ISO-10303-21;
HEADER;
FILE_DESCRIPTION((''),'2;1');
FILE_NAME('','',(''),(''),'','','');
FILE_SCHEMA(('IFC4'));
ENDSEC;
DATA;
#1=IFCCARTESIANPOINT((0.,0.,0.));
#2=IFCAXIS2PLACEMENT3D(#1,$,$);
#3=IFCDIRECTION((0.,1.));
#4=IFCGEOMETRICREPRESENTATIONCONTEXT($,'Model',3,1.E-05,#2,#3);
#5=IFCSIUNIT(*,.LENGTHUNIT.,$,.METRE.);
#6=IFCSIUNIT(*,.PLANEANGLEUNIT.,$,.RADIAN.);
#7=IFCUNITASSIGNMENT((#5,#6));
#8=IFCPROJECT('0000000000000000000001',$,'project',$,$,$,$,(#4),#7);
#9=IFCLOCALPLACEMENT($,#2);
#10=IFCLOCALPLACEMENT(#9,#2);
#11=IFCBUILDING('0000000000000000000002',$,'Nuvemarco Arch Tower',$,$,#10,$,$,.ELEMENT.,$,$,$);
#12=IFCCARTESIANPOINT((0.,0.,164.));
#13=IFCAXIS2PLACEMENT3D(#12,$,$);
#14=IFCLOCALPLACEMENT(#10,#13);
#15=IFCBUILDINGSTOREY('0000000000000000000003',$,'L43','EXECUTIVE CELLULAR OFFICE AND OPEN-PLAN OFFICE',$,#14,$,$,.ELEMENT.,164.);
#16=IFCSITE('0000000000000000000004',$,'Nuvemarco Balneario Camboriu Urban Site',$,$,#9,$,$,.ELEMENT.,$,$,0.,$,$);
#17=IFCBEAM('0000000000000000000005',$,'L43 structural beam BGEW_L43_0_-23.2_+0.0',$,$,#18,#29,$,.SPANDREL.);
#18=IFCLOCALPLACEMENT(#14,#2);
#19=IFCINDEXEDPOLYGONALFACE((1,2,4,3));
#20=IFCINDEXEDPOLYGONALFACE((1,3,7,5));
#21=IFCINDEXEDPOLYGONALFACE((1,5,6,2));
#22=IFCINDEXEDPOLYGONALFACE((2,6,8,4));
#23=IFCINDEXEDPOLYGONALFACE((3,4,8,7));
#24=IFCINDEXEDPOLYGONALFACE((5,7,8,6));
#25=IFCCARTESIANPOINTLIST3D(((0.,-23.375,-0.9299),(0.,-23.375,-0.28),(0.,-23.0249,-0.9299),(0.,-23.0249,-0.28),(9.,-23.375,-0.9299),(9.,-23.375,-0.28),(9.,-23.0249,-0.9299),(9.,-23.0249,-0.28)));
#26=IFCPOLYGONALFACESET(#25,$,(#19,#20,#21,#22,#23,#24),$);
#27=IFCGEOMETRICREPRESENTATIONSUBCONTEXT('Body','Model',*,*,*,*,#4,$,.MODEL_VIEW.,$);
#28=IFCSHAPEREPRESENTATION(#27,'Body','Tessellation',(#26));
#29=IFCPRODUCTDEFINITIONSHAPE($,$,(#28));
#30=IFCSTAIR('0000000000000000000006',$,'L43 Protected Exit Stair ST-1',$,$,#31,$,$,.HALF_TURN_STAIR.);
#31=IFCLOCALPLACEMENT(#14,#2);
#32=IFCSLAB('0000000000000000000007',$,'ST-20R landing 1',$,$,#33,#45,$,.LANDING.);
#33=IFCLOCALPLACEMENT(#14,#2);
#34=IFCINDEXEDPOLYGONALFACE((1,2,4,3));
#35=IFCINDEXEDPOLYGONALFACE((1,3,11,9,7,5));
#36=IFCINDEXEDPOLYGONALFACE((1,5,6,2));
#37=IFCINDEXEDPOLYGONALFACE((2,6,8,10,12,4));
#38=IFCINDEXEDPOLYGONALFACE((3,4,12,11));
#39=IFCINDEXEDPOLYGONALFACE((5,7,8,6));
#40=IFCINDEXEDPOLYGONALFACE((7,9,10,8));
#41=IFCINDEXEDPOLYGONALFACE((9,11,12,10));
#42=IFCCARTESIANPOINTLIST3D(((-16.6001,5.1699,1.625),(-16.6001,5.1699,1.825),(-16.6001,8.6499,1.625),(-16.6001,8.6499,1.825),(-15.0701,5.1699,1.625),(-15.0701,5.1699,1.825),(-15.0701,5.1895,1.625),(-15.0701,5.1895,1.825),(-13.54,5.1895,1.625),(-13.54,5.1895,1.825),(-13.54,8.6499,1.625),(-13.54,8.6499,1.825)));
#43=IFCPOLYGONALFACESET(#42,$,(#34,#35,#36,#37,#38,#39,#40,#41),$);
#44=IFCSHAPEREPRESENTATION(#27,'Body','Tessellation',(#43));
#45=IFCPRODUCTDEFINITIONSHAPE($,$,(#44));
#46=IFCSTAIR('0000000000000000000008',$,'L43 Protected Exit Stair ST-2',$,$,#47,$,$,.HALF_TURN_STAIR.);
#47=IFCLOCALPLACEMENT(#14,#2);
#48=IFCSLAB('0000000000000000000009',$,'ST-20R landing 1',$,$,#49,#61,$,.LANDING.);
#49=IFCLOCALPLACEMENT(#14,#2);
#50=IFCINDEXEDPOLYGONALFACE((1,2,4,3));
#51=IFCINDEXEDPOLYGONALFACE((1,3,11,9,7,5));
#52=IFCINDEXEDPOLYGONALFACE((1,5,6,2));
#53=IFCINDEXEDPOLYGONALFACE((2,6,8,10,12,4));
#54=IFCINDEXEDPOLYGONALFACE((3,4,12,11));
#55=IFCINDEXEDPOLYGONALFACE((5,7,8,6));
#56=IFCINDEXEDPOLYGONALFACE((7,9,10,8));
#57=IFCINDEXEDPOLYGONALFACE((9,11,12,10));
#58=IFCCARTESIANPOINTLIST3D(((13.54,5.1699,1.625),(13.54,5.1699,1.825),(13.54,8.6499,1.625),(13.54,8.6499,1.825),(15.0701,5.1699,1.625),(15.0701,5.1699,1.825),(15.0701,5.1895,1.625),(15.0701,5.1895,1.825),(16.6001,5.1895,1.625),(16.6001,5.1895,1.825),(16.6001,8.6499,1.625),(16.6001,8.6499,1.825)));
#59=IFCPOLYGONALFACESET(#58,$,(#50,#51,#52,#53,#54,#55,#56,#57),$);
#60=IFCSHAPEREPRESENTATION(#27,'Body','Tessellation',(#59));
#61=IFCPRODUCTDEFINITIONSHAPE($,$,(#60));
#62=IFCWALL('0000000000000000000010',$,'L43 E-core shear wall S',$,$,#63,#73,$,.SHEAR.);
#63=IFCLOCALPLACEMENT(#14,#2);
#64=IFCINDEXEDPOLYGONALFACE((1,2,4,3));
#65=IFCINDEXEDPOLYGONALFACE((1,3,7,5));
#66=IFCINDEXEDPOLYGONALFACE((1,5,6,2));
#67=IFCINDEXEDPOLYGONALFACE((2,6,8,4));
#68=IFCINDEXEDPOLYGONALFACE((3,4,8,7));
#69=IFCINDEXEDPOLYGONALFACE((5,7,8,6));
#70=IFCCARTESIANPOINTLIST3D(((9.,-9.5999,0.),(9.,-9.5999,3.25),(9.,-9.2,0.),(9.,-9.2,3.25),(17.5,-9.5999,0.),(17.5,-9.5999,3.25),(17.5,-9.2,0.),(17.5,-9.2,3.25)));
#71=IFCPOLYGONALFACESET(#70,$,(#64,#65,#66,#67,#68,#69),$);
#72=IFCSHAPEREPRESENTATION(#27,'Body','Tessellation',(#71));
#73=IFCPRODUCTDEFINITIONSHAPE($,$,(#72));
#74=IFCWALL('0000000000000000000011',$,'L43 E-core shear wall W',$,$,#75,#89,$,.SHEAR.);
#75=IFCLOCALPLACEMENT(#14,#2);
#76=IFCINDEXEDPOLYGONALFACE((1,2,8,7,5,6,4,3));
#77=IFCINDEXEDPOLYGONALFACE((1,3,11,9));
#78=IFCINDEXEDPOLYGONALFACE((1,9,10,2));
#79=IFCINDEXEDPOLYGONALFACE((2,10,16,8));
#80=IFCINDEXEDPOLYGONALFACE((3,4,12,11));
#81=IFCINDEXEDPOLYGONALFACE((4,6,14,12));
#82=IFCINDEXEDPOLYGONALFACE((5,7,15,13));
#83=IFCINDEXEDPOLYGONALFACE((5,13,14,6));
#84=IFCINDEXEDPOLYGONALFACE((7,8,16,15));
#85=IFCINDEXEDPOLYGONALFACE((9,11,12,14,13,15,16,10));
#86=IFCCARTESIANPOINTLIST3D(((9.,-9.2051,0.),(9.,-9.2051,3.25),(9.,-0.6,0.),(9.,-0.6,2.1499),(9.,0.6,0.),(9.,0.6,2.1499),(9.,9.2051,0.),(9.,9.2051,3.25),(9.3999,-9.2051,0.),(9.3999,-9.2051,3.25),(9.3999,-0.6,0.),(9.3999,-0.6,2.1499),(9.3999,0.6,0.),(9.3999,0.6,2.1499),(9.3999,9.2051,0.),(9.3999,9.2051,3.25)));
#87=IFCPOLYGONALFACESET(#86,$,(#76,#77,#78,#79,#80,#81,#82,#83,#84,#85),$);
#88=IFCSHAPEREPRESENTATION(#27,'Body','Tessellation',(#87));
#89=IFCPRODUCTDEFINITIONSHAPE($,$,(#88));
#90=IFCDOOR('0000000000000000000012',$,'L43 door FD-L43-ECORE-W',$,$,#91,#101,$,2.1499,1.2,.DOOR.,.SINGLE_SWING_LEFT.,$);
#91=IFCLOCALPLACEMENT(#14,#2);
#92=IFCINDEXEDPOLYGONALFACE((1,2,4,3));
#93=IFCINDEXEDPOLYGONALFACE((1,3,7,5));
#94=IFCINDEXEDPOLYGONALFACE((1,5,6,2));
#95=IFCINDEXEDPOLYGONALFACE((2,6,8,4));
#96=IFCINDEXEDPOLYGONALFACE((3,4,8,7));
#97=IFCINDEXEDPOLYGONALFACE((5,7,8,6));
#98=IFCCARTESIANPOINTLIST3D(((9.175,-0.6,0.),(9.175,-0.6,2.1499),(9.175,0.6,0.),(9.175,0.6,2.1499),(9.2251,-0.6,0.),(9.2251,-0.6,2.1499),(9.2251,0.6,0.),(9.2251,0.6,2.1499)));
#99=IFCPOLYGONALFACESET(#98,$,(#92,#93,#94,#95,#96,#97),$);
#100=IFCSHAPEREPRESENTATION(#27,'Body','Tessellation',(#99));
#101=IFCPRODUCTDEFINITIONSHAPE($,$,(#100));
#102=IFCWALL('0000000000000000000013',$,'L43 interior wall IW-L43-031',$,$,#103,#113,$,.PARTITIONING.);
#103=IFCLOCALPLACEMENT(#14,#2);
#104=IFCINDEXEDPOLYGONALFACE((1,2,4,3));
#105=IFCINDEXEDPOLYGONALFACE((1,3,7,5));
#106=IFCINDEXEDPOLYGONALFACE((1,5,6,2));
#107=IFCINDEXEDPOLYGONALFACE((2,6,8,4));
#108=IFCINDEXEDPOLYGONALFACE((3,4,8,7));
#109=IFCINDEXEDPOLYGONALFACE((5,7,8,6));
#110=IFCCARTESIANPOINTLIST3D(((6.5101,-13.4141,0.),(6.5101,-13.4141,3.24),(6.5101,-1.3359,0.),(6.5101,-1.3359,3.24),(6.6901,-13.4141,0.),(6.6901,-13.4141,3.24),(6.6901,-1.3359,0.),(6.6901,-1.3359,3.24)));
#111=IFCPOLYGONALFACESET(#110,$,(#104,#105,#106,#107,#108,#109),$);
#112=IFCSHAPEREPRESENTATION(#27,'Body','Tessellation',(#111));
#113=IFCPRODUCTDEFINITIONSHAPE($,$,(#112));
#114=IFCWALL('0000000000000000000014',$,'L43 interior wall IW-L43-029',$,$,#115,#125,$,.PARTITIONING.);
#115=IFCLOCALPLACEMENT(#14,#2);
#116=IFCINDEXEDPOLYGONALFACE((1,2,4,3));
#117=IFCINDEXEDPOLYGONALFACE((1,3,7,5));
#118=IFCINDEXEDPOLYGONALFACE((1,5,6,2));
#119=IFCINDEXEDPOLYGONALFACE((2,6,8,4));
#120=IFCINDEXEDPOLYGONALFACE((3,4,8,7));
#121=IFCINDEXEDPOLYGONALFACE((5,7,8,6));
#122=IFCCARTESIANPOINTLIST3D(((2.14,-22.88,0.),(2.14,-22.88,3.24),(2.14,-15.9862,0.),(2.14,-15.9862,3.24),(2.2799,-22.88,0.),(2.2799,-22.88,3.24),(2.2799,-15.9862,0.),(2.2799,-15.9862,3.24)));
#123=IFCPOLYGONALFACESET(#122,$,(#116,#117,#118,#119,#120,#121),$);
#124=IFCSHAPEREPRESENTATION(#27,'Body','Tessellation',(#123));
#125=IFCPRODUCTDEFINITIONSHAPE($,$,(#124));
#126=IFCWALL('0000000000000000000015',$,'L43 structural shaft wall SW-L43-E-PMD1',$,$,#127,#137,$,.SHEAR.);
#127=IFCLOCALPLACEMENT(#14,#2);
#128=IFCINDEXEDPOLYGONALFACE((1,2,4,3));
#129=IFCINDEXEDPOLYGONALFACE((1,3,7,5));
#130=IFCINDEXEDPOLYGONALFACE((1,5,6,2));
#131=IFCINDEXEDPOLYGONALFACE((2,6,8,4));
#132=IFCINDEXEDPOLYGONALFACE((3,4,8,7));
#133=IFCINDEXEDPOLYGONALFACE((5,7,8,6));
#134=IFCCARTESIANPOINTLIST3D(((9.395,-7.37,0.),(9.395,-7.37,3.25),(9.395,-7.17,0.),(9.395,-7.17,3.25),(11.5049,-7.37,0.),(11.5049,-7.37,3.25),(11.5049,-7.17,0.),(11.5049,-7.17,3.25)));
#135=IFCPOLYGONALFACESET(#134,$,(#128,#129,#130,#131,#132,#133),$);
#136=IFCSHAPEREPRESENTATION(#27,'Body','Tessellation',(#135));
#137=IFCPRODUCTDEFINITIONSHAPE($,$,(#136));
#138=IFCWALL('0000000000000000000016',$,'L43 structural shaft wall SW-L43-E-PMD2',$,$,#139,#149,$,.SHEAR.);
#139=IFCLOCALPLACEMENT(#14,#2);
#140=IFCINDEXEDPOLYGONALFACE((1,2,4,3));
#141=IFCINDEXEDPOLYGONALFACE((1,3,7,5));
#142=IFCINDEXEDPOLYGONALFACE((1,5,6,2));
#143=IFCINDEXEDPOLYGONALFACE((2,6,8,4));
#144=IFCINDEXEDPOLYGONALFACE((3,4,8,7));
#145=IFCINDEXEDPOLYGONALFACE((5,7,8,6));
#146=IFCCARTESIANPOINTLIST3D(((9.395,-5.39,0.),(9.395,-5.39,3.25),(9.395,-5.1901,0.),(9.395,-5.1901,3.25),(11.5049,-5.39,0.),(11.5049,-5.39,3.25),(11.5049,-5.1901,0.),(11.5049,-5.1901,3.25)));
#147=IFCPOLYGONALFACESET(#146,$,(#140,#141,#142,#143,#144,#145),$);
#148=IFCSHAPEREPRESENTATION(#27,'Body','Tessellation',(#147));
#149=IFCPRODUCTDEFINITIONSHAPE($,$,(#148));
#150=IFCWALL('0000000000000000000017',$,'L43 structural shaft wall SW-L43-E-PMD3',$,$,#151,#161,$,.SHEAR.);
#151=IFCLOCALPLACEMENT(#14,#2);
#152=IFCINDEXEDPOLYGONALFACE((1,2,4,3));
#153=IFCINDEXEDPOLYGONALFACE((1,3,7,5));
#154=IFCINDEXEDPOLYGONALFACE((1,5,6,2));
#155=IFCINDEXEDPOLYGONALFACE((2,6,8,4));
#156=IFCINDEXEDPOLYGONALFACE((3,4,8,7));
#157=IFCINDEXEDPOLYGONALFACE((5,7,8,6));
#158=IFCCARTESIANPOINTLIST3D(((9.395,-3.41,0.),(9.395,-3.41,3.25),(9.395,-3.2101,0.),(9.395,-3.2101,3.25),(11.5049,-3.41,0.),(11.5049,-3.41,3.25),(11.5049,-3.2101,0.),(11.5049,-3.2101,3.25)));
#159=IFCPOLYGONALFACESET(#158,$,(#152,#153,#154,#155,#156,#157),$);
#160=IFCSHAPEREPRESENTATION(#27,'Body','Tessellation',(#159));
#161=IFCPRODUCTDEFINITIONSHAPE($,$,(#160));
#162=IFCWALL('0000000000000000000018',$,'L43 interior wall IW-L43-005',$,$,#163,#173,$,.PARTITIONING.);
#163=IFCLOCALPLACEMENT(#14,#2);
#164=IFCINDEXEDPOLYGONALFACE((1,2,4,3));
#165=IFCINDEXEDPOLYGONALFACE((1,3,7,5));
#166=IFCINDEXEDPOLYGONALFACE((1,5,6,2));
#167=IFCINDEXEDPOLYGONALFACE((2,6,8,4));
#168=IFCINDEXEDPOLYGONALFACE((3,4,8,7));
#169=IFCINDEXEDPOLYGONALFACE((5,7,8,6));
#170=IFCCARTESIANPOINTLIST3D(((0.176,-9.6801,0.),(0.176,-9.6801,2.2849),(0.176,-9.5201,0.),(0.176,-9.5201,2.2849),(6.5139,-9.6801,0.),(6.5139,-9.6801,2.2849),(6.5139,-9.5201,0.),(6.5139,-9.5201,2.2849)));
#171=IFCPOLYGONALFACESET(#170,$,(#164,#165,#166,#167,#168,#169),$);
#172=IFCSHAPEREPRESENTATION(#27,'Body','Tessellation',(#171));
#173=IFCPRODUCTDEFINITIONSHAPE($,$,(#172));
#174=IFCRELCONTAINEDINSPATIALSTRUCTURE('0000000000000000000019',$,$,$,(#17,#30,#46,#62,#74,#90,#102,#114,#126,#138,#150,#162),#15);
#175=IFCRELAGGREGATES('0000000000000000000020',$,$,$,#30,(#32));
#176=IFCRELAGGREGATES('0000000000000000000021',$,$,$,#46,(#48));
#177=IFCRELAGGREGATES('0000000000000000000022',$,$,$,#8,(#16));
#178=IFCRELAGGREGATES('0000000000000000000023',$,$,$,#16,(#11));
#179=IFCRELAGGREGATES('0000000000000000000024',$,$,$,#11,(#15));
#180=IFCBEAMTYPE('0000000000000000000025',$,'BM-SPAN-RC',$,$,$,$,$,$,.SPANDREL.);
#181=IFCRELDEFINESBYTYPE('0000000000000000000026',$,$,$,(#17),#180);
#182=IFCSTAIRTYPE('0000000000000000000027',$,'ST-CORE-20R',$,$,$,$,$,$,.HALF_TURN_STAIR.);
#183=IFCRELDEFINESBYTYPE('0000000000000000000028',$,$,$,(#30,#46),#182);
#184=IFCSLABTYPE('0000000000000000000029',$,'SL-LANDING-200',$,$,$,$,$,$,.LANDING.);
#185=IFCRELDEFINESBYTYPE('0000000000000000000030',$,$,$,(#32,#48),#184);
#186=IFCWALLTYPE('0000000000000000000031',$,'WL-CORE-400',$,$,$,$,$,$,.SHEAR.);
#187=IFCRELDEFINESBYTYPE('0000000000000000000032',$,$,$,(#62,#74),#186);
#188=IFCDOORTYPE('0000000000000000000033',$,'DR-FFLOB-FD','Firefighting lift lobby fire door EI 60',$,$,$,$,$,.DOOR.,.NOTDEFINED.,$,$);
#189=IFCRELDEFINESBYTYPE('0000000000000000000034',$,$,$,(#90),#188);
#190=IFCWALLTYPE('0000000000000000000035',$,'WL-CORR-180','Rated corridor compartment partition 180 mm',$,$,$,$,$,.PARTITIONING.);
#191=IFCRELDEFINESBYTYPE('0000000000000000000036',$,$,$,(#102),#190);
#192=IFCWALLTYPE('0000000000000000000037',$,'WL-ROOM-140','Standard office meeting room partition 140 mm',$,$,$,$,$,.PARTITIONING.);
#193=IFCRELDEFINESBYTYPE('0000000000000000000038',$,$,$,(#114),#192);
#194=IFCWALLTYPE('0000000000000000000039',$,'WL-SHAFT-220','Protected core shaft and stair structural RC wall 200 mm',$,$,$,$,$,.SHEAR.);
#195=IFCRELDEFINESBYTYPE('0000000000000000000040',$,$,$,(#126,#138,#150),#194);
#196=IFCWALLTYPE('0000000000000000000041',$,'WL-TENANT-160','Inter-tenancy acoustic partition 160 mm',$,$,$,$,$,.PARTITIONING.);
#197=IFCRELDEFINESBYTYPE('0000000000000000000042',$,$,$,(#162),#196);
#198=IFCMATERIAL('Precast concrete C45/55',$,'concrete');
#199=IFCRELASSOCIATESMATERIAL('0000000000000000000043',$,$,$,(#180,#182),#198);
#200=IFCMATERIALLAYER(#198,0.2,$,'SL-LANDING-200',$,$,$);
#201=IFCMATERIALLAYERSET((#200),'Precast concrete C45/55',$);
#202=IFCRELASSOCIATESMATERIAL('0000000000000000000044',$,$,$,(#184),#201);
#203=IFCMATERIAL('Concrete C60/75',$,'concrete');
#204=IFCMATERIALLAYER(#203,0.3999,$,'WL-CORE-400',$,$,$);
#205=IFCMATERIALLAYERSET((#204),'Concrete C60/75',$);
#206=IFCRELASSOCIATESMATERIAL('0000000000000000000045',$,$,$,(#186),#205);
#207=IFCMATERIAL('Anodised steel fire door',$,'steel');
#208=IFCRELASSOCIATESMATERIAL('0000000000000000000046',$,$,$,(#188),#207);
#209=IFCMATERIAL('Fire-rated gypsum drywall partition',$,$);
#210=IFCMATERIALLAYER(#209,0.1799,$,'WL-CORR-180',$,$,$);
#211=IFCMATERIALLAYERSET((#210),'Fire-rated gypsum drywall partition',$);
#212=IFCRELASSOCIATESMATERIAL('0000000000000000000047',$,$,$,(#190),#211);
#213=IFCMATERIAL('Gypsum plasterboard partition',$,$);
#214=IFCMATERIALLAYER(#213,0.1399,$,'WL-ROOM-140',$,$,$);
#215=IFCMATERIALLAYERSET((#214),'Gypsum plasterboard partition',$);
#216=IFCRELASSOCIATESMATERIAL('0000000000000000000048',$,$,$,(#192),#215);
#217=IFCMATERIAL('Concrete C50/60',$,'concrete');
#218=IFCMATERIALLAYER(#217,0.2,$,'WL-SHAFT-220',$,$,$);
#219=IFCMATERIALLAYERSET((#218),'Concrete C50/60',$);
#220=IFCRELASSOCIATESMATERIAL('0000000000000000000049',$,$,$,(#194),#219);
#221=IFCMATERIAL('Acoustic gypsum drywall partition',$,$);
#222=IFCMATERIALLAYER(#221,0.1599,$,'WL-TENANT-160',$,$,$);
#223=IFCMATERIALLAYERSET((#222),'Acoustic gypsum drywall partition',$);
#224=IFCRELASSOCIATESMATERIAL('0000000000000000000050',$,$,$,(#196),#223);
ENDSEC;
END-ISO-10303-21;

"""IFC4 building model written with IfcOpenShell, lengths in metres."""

from ifc_helpers import new_model, si_unit, direction, frame, frame_2d, origin, origin_2d, place, context, subcontext, project, spatial, polyline, rectangle, outline, extrude, source, transform, mapped, material, layer, layer_set, material_profile, profile_set, type_object, type_shapes, element, fill, aggregate, save


model = new_model("IFC4")

# Units and contexts
model_context = context("Model", 3, precision=1e-05, world=origin(), true_north=direction((0.0, 1.0)))
body_context = subcontext(model_context, "Body", "Model", "MODEL_VIEW")
ifc_project = project(units=[si_unit("LENGTHUNIT", "METRE"), si_unit("PLANEANGLEUNIT", "RADIAN")], contexts=[model_context])

# Site, building, storey
site_placement = place(None, origin())
site = spatial("IfcSite", under=ifc_project, at=site_placement, Name="Nuvemarco Balneario Camboriu Urban Site", CompositionType="ELEMENT", RefElevation=0.0)
building_placement = place(site_placement, origin())
building = spatial("IfcBuilding", under=site, at=building_placement, Name="Nuvemarco Arch Tower", CompositionType="ELEMENT")
storey_placement = place(building_placement, frame((0.0, 0.0, 164.0)))
storey = spatial("IfcBuildingStorey", under=building, at=storey_placement, Name="L43", Description="EXECUTIVE CELLULAR OFFICE AND OPEN-PLAN OFFICE", CompositionType="ELEMENT", Elevation=164.0)

# Shared definitions
ifc_material_1 = material(Name="Concrete C50/60", Category="concrete")

# Beam
ifc_material_2 = material(Name="Concrete C60/75", Category="concrete")
ifc_material_3 = material(Name="Precast concrete C45/55", Category="concrete")
ifc_material_profile_1 = material_profile(ifc_material_3, rectangle(XDim=0.3501, YDim=0.6499, at=origin_2d()), Name="PC-SP-350x650")
ifc_profile_set_1 = profile_set([ifc_material_profile_1], Name="Precast concrete C45/55")
beam_type_1 = type_object("IfcBeamType", Name="BM-SPAN-RC", PredefinedType="SPANDREL", material=ifc_profile_set_1)
beam_1_placement = place(storey_placement, frame((0.0, -23.2, -0.605), z_axis=(1.0, 0.0, 0.0), x_axis=(0.0, 1.0, 0.0)))
element("IfcBeam", 1, at=beam_1_placement, inside=storey, type_object=beam_type_1, Name="L43 structural beam BGEW_L43_0_-23.2_+0.0", PredefinedType="SPANDREL", context=body_context, shape_type="SweptSolid", body=[
    extrude(rectangle(XDim=0.3501, YDim=0.6499, at=origin_2d()), origin(), (0.0, 0.0, 1.0), 9.0),
])

# Stairs, slabs
stair_type = type_object("IfcStairType", Name="ST-CORE-20R", PredefinedType="HALF_TURN_STAIR", material=ifc_material_3)
stair_1_placement = place(storey_placement, origin())
stair_1 = element("IfcStair", 2, at=stair_1_placement, inside=storey, type_object=stair_type, Name="L43 Protected Exit Stair ST-1", PredefinedType="HALF_TURN_STAIR")
ifc_layer_1 = layer(ifc_material_3, 0.2, Name="SL-LANDING-200")
ifc_layer_set_1 = layer_set([ifc_layer_1], Name="Precast concrete C45/55")
slab_type = type_object("IfcSlabType", Name="SL-LANDING-200", PredefinedType="LANDING", material=ifc_layer_set_1)
slab_1_placement = place(storey_placement, frame((0.0, 0.0, 1.625)))
slab_1 = element("IfcSlab", 3, at=slab_1_placement, type_object=slab_type, Name="ST-20R landing 1", PredefinedType="LANDING", context=body_context, shape_type="SweptSolid", body=[
    extrude(outline(polyline([(-13.54, 5.1895), (-13.54, 8.6499), (-16.6001, 8.6499), (-16.6001, 5.1699), (-15.0701, 5.1699), (-15.0701, 5.1895), (-13.54, 5.1895)])), origin(), (0.0, 0.0, 1.0), 0.2),
])
aggregate(stair_1, [slab_1])
stair_2_placement = place(storey_placement, origin())
stair_2 = element("IfcStair", 4, at=stair_2_placement, inside=storey, type_object=stair_type, Name="L43 Protected Exit Stair ST-2", PredefinedType="HALF_TURN_STAIR")
slab_2_placement = place(storey_placement, frame((0.0, 0.0, 1.625)))
slab_2 = element("IfcSlab", 5, at=slab_2_placement, type_object=slab_type, Name="ST-20R landing 1", PredefinedType="LANDING", context=body_context, shape_type="SweptSolid", body=[
    extrude(outline(polyline([(16.6001, 5.1895), (16.6001, 8.6499), (13.54, 8.6499), (13.54, 5.1699), (15.0701, 5.1699), (15.0701, 5.1895), (16.6001, 5.1895)])), origin(), (0.0, 0.0, 1.0), 0.2),
])
aggregate(stair_2, [slab_2])

# Wall
ifc_layer_2 = layer(ifc_material_2, 0.3999, Name="WL-CORE-400")
ifc_layer_set_2 = layer_set([ifc_layer_2], Name="Concrete C60/75")
wall_type_1 = type_object("IfcWallType", Name="WL-CORE-400", PredefinedType="SHEAR", material=ifc_layer_set_2)
wall_1_placement = place(storey_placement, frame((9.0, -9.3999, 0.0), z_axis=(0.0, 0.0, 1.0), x_axis=(1.0, 0.0, 0.0)))
element("IfcWall", 6, at=wall_1_placement, inside=storey, type_object=wall_type_1, Name="L43 E-core shear wall S", PredefinedType="SHEAR", context=body_context, shape_type="SweptSolid", body=[
    extrude(rectangle(XDim=8.5, YDim=0.3999, at=frame_2d((4.25, 0.0))), origin(), (0.0, 0.0, 1.0), 3.25),
])

# Wall, opening, door
wall_2_placement = place(storey_placement, frame((9.2, -9.2051, 0.0), z_axis=(0.0, 0.0, 1.0), x_axis=(0.0, 1.0, 0.0)))
wall_2 = element("IfcWall", 7, at=wall_2_placement, inside=storey, type_object=wall_type_1, Name="L43 E-core shear wall W", PredefinedType="SHEAR", context=body_context, shape_type="SweptSolid", body=[
    extrude(rectangle(XDim=18.4102, YDim=0.3999, at=frame_2d((9.2051, 0.0))), origin(), (0.0, 0.0, 1.0), 3.25),
])
opening_placement = place(wall_2_placement, frame((8.605, 0.0, 0.0)))
opening = element("IfcOpeningElement", 8, at=opening_placement, cuts=wall_2, PredefinedType="OPENING", context=body_context, shape_type="SweptSolid", body=[
    extrude(rectangle(XDim=1.2, YDim=2.1499, at=frame_2d((0.6001, 1.075))), frame((0.0, 0.21, 0.0), z_axis=(0.0, -1.0, 0.0), x_axis=(1.0, 0.0, 0.0)), (0.0, 0.0, 1.0), 0.4199),
])
ifc_material_4 = material(Name="Anodised steel fire door", Category="steel")
door_type = type_object("IfcDoorType", Name="DR-FFLOB-FD", Description="Firefighting lift lobby fire door EI 60", OperationType="NOTDEFINED", PredefinedType="DOOR", material=ifc_material_4)
shared_shape_1 = source(origin(), body_context, "Body", "SweptSolid", [
    extrude(rectangle(XDim=1.2, YDim=2.1499, at=frame_2d((0.6001, 1.075))), frame((0.0, 0.0249, 0.0), z_axis=(0.0, -1.0, 0.0), x_axis=(1.0, 0.0, 0.0)), (0.0, 0.0, 1.0), 0.05),
])
type_shapes(door_type, [shared_shape_1])
door_placement = place(opening_placement, origin())
door = element("IfcDoor", 9, at=door_placement, inside=storey, type_object=door_type, Name="L43 door FD-L43-ECORE-W", OperationType="SINGLE_SWING_LEFT", OverallHeight=2.1499, OverallWidth=1.2, PredefinedType="DOOR", context=body_context, shape_type="MappedRepresentation", body=[
    mapped(shared_shape_1, transform((0.0, 0.0, 0.0), scale=1.0)),
])
fill(opening, door)

# Walls
ifc_material_5 = material(Name="Fire-rated gypsum drywall partition")
ifc_layer_3 = layer(ifc_material_5, 0.1799, Name="WL-CORR-180")
ifc_layer_set_3 = layer_set([ifc_layer_3], Name="Fire-rated gypsum drywall partition")
wall_type_2 = type_object("IfcWallType", Name="WL-CORR-180", Description="Rated corridor compartment partition 180 mm", PredefinedType="PARTITIONING", material=ifc_layer_set_3)
wall_3_placement = place(storey_placement, frame((6.6001, -13.4141, 0.0), z_axis=(0.0, 0.0, 1.0), x_axis=(0.0, 1.0, 0.0)))
element("IfcWall", 10, at=wall_3_placement, inside=storey, type_object=wall_type_2, Name="L43 interior wall IW-L43-031", PredefinedType="PARTITIONING", context=body_context, shape_type="SweptSolid", body=[
    extrude(rectangle(XDim=12.0781, YDim=0.1799, at=frame_2d((6.0391, 0.0))), origin(), (0.0, 0.0, 1.0), 3.24),
])
ifc_material_6 = material(Name="Gypsum plasterboard partition")
ifc_layer_4 = layer(ifc_material_6, 0.1399, Name="WL-ROOM-140")
ifc_layer_set_4 = layer_set([ifc_layer_4], Name="Gypsum plasterboard partition")
wall_type_3 = type_object("IfcWallType", Name="WL-ROOM-140", Description="Standard office meeting room partition 140 mm", PredefinedType="PARTITIONING", material=ifc_layer_set_4)
wall_4_placement = place(storey_placement, frame((2.21, -22.8799, 0.0), z_axis=(0.0, 0.0, 1.0), x_axis=(0.0, 1.0, 0.0)))
element("IfcWall", 11, at=wall_4_placement, inside=storey, type_object=wall_type_3, Name="L43 interior wall IW-L43-029", PredefinedType="PARTITIONING", context=body_context, shape_type="SweptSolid", body=[
    extrude(rectangle(XDim=6.8938, YDim=0.1399, at=frame_2d((3.4468, 0.0))), origin(), (0.0, 0.0, 1.0), 3.24),
])
ifc_layer_5 = layer(ifc_material_1, 0.2, Name="WL-SHAFT-220")
ifc_layer_set_5 = layer_set([ifc_layer_5], Name="Concrete C50/60")
wall_type_4 = type_object("IfcWallType", Name="WL-SHAFT-220", Description="Protected core shaft and stair structural RC wall 200 mm", PredefinedType="SHEAR", material=ifc_layer_set_5)
for number, where, z_axis, x_axis, name in (
    (12, (9.395, -7.27, 0.0), (0.0, 0.0, 1.0), (1.0, 0.0, 0.0), "L43 structural shaft wall SW-L43-E-PMD1"),
    (13, (9.395, -5.29, 0.0), (0.0, 0.0, 1.0), (1.0, 0.0, 0.0), "L43 structural shaft wall SW-L43-E-PMD2"),
    (14, (9.395, -3.3101, 0.0), (0.0, 0.0, 1.0), (1.0, 0.0, 0.0), "L43 structural shaft wall SW-L43-E-PMD3"),
):
    element("IfcWall", number, at=place(storey_placement, frame(where, z_axis=z_axis, x_axis=x_axis)), inside=storey, type_object=wall_type_4, Name=name, PredefinedType="SHEAR", context=body_context, shape_type="SweptSolid", body=[
        extrude(rectangle(XDim=2.1099, YDim=0.2, at=frame_2d((1.0549, 0.0))), origin(), (0.0, 0.0, 1.0), 3.25),
    ])
ifc_material_7 = material(Name="Acoustic gypsum drywall partition")
ifc_layer_6 = layer(ifc_material_7, 0.1599, Name="WL-TENANT-160")
ifc_layer_set_6 = layer_set([ifc_layer_6], Name="Acoustic gypsum drywall partition")
wall_type_5 = type_object("IfcWallType", Name="WL-TENANT-160", Description="Inter-tenancy acoustic partition 160 mm", PredefinedType="PARTITIONING", material=ifc_layer_set_6)
wall_5_placement = place(storey_placement, frame((0.176, -9.6001, 0.0), z_axis=(0.0, 0.0, 1.0), x_axis=(1.0, 0.0, 0.0)))
element("IfcWall", 15, at=wall_5_placement, inside=storey, type_object=wall_type_5, Name="L43 interior wall IW-L43-005", PredefinedType="PARTITIONING", context=body_context, shape_type="SweptSolid", body=[
    extrude(rectangle(XDim=6.3379, YDim=0.1599, at=frame_2d((3.1689, 0.0))), origin(), (0.0, 0.0, 1.0), 2.2849),
])

save(model, "model.ifc")
